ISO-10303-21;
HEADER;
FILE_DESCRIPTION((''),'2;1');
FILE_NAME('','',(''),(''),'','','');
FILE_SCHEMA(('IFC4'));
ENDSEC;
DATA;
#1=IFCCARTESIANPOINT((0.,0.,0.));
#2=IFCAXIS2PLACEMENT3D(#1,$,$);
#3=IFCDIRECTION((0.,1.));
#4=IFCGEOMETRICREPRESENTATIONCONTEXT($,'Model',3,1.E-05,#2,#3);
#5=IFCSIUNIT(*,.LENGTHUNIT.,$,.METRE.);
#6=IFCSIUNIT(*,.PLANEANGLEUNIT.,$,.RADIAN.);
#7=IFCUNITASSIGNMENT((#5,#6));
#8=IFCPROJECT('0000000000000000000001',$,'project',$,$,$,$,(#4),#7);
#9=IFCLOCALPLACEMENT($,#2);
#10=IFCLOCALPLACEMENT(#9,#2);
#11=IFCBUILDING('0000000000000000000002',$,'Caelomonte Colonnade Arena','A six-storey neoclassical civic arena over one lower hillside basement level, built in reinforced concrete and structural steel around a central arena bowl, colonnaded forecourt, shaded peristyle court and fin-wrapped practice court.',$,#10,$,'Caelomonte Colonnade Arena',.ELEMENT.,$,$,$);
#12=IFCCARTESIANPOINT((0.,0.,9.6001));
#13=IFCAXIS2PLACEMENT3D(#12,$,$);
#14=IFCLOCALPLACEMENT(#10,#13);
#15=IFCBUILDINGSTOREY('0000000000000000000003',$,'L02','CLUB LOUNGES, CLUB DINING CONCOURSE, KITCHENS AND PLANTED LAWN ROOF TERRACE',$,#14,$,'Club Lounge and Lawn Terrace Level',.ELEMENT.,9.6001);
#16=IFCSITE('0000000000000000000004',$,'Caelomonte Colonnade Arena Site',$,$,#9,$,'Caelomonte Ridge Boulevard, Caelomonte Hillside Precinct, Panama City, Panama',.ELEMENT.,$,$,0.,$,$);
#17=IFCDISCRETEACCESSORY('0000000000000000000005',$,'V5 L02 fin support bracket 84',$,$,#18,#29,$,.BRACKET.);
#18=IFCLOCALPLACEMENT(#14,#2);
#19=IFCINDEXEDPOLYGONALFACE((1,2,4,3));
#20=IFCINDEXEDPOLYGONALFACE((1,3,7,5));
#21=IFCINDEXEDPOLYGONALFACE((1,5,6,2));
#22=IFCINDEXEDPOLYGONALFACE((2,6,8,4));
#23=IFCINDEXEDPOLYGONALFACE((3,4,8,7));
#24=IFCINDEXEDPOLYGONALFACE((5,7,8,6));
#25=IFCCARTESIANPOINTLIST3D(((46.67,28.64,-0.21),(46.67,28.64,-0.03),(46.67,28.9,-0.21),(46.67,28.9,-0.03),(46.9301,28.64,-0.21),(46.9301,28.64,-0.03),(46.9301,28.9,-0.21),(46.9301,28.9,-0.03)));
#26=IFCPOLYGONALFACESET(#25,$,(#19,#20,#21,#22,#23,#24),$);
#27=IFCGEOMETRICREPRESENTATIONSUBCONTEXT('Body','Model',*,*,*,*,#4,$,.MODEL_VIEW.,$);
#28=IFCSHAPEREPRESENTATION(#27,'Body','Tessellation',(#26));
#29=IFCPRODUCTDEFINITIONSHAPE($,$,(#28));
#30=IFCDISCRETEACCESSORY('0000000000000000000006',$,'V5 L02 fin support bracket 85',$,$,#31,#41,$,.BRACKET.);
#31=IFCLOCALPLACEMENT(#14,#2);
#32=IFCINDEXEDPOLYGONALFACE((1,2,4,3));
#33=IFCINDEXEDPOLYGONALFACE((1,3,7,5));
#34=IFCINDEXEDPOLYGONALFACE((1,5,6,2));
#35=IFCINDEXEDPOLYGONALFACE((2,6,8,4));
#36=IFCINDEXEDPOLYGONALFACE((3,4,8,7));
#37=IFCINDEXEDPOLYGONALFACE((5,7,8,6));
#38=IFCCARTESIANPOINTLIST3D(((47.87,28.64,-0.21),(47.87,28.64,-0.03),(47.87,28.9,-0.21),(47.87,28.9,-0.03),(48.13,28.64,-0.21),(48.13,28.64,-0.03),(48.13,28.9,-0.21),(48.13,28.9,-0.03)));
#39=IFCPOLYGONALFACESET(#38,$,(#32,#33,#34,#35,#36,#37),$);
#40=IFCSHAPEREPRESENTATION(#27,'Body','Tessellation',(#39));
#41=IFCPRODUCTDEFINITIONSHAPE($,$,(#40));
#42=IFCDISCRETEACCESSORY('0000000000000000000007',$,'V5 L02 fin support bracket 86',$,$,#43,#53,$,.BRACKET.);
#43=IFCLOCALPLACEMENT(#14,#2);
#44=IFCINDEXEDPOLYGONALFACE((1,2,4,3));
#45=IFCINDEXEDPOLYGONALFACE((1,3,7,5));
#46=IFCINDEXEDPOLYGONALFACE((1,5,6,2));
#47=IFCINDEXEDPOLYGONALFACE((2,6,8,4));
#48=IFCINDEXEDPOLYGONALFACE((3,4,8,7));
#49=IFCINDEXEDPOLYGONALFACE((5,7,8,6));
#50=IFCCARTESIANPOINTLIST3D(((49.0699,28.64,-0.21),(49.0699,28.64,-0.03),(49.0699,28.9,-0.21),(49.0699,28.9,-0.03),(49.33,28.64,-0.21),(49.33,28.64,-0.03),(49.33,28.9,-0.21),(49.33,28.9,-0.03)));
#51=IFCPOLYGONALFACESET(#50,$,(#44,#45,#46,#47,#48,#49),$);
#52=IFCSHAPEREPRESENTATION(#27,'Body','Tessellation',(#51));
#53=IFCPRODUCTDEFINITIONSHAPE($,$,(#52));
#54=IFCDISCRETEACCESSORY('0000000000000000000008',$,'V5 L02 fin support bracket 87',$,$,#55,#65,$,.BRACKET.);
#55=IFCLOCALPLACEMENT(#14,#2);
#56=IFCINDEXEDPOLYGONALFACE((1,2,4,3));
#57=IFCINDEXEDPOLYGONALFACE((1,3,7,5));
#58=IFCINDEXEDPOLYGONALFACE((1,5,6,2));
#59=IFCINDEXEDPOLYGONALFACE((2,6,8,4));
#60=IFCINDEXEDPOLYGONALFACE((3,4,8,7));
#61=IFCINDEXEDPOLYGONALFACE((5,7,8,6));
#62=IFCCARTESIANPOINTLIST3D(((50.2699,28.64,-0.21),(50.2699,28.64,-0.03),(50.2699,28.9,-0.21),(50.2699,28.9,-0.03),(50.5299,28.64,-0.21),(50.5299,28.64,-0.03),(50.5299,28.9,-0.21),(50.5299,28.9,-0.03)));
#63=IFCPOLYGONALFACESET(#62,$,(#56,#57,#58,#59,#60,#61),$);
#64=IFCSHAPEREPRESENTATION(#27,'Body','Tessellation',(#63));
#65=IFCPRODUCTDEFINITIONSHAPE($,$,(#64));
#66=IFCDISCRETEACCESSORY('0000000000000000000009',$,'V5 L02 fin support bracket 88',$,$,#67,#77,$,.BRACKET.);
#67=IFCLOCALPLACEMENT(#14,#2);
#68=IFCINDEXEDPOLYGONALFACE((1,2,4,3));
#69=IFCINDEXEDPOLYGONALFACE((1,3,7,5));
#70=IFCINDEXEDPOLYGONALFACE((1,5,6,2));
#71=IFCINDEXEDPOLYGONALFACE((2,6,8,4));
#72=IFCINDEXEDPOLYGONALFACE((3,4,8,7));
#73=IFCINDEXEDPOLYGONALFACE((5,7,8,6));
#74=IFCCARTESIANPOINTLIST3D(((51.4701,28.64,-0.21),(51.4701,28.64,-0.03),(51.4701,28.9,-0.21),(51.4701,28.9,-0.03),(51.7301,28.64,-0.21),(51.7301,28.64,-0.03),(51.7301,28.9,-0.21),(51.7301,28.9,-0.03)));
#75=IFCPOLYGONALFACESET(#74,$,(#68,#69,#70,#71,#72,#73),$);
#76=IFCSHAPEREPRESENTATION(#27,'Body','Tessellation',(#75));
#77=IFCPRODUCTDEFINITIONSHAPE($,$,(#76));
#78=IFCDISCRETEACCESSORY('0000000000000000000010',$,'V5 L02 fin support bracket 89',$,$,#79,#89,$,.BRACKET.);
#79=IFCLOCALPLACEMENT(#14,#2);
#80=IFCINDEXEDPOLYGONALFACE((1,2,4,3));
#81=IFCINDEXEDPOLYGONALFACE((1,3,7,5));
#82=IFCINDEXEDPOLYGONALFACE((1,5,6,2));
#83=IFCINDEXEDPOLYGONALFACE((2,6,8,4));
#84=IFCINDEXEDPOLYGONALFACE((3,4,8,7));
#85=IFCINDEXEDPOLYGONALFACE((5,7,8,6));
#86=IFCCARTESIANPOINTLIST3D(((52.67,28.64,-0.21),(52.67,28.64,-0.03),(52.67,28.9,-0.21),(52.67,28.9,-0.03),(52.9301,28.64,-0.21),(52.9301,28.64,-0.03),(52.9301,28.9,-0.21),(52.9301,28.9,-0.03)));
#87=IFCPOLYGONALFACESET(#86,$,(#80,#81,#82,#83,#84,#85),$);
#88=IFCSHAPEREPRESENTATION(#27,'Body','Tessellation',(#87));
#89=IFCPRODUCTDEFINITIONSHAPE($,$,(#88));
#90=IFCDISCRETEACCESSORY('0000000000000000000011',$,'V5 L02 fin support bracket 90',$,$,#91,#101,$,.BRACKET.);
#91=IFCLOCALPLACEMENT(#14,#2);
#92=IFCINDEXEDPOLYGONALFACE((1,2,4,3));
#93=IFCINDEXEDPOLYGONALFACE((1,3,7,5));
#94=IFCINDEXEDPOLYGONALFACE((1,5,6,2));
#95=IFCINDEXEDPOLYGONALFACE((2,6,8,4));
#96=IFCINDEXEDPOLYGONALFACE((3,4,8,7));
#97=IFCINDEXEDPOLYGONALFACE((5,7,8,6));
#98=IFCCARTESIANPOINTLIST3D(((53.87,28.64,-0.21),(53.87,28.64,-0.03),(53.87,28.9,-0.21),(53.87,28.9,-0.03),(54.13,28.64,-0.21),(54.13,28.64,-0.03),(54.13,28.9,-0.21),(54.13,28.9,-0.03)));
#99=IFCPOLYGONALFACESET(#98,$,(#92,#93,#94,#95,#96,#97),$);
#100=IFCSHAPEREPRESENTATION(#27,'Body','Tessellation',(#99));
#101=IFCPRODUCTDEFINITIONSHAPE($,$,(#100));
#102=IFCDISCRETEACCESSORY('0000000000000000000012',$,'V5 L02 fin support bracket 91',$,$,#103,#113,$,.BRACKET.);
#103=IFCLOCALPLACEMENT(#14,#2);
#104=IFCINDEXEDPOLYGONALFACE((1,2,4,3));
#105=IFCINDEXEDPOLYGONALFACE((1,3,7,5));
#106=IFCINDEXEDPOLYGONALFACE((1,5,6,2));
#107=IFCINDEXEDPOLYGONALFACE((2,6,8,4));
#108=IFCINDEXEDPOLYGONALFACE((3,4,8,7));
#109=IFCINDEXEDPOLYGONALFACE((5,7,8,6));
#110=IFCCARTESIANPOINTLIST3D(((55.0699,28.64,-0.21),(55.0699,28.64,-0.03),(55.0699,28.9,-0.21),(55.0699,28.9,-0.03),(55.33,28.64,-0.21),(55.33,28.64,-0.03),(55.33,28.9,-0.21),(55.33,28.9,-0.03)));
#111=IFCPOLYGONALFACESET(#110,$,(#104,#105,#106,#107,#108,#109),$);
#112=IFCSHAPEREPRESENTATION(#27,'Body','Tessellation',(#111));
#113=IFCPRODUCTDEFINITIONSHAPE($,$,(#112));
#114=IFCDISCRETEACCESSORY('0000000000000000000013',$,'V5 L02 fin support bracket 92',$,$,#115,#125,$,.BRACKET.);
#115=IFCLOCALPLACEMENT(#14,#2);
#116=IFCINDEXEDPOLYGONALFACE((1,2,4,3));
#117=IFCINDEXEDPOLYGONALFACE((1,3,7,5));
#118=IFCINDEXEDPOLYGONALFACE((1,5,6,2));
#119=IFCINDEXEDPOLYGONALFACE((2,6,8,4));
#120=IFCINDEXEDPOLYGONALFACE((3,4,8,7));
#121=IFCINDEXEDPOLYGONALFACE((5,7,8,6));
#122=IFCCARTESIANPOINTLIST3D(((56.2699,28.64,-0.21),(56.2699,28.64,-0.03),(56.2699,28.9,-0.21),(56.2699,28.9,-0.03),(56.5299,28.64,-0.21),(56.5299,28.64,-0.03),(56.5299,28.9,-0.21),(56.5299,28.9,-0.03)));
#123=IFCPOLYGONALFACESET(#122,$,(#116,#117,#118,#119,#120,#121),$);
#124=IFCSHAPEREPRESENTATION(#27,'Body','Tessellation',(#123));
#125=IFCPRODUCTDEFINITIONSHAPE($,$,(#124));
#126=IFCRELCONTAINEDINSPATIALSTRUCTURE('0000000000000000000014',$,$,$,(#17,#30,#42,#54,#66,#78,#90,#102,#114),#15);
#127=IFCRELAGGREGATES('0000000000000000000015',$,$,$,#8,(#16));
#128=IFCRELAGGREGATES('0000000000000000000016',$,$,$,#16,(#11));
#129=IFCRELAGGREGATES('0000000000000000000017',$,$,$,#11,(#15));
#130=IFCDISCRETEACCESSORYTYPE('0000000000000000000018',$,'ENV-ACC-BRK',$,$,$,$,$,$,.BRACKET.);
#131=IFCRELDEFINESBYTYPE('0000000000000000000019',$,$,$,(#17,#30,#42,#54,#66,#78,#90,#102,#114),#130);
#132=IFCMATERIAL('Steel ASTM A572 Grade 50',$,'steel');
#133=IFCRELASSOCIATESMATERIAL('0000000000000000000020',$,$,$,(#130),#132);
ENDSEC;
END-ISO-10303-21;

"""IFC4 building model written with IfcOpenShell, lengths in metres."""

from ifc_helpers import new_model, si_unit, direction, frame, origin, origin_2d, place, context, subcontext, project, spatial, rectangle, extrude, material, type_object, element, save


model = new_model("IFC4")

# Units and contexts
model_context = context("Model", 3, precision=1e-05, world=origin(), true_north=direction((0.0, 1.0)))
body_context = subcontext(model_context, "Body", "Model", "MODEL_VIEW")
ifc_project = project(units=[si_unit("LENGTHUNIT", "METRE"), si_unit("PLANEANGLEUNIT", "RADIAN")], contexts=[model_context])

# Site, building, storey
site_placement = place(None, origin())
site = spatial("IfcSite", under=ifc_project, at=site_placement, Name="Caelomonte Colonnade Arena Site", LongName="Caelomonte Ridge Boulevard, Caelomonte Hillside Precinct, Panama City, Panama", CompositionType="ELEMENT", RefElevation=0.0)
building_placement = place(site_placement, origin())
building = spatial("IfcBuilding", under=site, at=building_placement, Name="Caelomonte Colonnade Arena", Description="A six-storey neoclassical civic arena over one lower hillside basement level, built in reinforced concrete and structural steel around a central arena bowl, colonnaded forecourt, shaded peristyle court and fin-wrapped practice court.", LongName="Caelomonte Colonnade Arena", CompositionType="ELEMENT")
storey_placement = place(building_placement, frame((0.0, 0.0, 9.6001)))
storey = spatial("IfcBuildingStorey", under=building, at=storey_placement, Name="L02", Description="CLUB LOUNGES, CLUB DINING CONCOURSE, KITCHENS AND PLANTED LAWN ROOF TERRACE", LongName="Club Lounge and Lawn Terrace Level", CompositionType="ELEMENT", Elevation=9.6001)

# Discrete accessories
ifc_material_1 = material(Name="Steel ASTM A572 Grade 50", Category="steel")
discrete_accessory_type = type_object("IfcDiscreteAccessoryType", Name="ENV-ACC-BRK", PredefinedType="BRACKET", material=ifc_material_1)
for number, where, z_axis, x_axis, name in (
    (1, (46.8, 28.77, -0.21), (0.0, 0.0, 1.0), (1.0, 0.0, 0.0), "V5 L02 fin support bracket 84"),
    (2, (48.0, 28.77, -0.21), (0.0, 0.0, 1.0), (1.0, 0.0, 0.0), "V5 L02 fin support bracket 85"),
    (3, (49.2, 28.77, -0.21), (0.0, 0.0, 1.0), (1.0, 0.0, 0.0), "V5 L02 fin support bracket 86"),
    (4, (50.3999, 28.77, -0.21), (0.0, 0.0, 1.0), (1.0, 0.0, 0.0), "V5 L02 fin support bracket 87"),
    (5, (51.6001, 28.77, -0.21), (0.0, 0.0, 1.0), (1.0, 0.0, 0.0), "V5 L02 fin support bracket 88"),
    (6, (52.8, 28.77, -0.21), (0.0, 0.0, 1.0), (1.0, 0.0, 0.0), "V5 L02 fin support bracket 89"),
    (7, (54.0, 28.77, -0.21), (0.0, 0.0, 1.0), (1.0, 0.0, 0.0), "V5 L02 fin support bracket 90"),
    (8, (55.2, 28.77, -0.21), (0.0, 0.0, 1.0), (1.0, 0.0, 0.0), "V5 L02 fin support bracket 91"),
    (9, (56.3999, 28.77, -0.21), (0.0, 0.0, 1.0), (1.0, 0.0, 0.0), "V5 L02 fin support bracket 92"),
):
    element("IfcDiscreteAccessory", number, at=place(storey_placement, frame(where, z_axis=z_axis, x_axis=x_axis)), inside=storey, type_object=discrete_accessory_type, Name=name, PredefinedType="BRACKET", context=body_context, shape_type="SweptSolid", body=[
        extrude(rectangle(XDim=0.26, YDim=0.26, at=origin_2d()), origin(), (0.0, 0.0, 1.0), 0.1799),
    ])

save(model, "model.ifc")
